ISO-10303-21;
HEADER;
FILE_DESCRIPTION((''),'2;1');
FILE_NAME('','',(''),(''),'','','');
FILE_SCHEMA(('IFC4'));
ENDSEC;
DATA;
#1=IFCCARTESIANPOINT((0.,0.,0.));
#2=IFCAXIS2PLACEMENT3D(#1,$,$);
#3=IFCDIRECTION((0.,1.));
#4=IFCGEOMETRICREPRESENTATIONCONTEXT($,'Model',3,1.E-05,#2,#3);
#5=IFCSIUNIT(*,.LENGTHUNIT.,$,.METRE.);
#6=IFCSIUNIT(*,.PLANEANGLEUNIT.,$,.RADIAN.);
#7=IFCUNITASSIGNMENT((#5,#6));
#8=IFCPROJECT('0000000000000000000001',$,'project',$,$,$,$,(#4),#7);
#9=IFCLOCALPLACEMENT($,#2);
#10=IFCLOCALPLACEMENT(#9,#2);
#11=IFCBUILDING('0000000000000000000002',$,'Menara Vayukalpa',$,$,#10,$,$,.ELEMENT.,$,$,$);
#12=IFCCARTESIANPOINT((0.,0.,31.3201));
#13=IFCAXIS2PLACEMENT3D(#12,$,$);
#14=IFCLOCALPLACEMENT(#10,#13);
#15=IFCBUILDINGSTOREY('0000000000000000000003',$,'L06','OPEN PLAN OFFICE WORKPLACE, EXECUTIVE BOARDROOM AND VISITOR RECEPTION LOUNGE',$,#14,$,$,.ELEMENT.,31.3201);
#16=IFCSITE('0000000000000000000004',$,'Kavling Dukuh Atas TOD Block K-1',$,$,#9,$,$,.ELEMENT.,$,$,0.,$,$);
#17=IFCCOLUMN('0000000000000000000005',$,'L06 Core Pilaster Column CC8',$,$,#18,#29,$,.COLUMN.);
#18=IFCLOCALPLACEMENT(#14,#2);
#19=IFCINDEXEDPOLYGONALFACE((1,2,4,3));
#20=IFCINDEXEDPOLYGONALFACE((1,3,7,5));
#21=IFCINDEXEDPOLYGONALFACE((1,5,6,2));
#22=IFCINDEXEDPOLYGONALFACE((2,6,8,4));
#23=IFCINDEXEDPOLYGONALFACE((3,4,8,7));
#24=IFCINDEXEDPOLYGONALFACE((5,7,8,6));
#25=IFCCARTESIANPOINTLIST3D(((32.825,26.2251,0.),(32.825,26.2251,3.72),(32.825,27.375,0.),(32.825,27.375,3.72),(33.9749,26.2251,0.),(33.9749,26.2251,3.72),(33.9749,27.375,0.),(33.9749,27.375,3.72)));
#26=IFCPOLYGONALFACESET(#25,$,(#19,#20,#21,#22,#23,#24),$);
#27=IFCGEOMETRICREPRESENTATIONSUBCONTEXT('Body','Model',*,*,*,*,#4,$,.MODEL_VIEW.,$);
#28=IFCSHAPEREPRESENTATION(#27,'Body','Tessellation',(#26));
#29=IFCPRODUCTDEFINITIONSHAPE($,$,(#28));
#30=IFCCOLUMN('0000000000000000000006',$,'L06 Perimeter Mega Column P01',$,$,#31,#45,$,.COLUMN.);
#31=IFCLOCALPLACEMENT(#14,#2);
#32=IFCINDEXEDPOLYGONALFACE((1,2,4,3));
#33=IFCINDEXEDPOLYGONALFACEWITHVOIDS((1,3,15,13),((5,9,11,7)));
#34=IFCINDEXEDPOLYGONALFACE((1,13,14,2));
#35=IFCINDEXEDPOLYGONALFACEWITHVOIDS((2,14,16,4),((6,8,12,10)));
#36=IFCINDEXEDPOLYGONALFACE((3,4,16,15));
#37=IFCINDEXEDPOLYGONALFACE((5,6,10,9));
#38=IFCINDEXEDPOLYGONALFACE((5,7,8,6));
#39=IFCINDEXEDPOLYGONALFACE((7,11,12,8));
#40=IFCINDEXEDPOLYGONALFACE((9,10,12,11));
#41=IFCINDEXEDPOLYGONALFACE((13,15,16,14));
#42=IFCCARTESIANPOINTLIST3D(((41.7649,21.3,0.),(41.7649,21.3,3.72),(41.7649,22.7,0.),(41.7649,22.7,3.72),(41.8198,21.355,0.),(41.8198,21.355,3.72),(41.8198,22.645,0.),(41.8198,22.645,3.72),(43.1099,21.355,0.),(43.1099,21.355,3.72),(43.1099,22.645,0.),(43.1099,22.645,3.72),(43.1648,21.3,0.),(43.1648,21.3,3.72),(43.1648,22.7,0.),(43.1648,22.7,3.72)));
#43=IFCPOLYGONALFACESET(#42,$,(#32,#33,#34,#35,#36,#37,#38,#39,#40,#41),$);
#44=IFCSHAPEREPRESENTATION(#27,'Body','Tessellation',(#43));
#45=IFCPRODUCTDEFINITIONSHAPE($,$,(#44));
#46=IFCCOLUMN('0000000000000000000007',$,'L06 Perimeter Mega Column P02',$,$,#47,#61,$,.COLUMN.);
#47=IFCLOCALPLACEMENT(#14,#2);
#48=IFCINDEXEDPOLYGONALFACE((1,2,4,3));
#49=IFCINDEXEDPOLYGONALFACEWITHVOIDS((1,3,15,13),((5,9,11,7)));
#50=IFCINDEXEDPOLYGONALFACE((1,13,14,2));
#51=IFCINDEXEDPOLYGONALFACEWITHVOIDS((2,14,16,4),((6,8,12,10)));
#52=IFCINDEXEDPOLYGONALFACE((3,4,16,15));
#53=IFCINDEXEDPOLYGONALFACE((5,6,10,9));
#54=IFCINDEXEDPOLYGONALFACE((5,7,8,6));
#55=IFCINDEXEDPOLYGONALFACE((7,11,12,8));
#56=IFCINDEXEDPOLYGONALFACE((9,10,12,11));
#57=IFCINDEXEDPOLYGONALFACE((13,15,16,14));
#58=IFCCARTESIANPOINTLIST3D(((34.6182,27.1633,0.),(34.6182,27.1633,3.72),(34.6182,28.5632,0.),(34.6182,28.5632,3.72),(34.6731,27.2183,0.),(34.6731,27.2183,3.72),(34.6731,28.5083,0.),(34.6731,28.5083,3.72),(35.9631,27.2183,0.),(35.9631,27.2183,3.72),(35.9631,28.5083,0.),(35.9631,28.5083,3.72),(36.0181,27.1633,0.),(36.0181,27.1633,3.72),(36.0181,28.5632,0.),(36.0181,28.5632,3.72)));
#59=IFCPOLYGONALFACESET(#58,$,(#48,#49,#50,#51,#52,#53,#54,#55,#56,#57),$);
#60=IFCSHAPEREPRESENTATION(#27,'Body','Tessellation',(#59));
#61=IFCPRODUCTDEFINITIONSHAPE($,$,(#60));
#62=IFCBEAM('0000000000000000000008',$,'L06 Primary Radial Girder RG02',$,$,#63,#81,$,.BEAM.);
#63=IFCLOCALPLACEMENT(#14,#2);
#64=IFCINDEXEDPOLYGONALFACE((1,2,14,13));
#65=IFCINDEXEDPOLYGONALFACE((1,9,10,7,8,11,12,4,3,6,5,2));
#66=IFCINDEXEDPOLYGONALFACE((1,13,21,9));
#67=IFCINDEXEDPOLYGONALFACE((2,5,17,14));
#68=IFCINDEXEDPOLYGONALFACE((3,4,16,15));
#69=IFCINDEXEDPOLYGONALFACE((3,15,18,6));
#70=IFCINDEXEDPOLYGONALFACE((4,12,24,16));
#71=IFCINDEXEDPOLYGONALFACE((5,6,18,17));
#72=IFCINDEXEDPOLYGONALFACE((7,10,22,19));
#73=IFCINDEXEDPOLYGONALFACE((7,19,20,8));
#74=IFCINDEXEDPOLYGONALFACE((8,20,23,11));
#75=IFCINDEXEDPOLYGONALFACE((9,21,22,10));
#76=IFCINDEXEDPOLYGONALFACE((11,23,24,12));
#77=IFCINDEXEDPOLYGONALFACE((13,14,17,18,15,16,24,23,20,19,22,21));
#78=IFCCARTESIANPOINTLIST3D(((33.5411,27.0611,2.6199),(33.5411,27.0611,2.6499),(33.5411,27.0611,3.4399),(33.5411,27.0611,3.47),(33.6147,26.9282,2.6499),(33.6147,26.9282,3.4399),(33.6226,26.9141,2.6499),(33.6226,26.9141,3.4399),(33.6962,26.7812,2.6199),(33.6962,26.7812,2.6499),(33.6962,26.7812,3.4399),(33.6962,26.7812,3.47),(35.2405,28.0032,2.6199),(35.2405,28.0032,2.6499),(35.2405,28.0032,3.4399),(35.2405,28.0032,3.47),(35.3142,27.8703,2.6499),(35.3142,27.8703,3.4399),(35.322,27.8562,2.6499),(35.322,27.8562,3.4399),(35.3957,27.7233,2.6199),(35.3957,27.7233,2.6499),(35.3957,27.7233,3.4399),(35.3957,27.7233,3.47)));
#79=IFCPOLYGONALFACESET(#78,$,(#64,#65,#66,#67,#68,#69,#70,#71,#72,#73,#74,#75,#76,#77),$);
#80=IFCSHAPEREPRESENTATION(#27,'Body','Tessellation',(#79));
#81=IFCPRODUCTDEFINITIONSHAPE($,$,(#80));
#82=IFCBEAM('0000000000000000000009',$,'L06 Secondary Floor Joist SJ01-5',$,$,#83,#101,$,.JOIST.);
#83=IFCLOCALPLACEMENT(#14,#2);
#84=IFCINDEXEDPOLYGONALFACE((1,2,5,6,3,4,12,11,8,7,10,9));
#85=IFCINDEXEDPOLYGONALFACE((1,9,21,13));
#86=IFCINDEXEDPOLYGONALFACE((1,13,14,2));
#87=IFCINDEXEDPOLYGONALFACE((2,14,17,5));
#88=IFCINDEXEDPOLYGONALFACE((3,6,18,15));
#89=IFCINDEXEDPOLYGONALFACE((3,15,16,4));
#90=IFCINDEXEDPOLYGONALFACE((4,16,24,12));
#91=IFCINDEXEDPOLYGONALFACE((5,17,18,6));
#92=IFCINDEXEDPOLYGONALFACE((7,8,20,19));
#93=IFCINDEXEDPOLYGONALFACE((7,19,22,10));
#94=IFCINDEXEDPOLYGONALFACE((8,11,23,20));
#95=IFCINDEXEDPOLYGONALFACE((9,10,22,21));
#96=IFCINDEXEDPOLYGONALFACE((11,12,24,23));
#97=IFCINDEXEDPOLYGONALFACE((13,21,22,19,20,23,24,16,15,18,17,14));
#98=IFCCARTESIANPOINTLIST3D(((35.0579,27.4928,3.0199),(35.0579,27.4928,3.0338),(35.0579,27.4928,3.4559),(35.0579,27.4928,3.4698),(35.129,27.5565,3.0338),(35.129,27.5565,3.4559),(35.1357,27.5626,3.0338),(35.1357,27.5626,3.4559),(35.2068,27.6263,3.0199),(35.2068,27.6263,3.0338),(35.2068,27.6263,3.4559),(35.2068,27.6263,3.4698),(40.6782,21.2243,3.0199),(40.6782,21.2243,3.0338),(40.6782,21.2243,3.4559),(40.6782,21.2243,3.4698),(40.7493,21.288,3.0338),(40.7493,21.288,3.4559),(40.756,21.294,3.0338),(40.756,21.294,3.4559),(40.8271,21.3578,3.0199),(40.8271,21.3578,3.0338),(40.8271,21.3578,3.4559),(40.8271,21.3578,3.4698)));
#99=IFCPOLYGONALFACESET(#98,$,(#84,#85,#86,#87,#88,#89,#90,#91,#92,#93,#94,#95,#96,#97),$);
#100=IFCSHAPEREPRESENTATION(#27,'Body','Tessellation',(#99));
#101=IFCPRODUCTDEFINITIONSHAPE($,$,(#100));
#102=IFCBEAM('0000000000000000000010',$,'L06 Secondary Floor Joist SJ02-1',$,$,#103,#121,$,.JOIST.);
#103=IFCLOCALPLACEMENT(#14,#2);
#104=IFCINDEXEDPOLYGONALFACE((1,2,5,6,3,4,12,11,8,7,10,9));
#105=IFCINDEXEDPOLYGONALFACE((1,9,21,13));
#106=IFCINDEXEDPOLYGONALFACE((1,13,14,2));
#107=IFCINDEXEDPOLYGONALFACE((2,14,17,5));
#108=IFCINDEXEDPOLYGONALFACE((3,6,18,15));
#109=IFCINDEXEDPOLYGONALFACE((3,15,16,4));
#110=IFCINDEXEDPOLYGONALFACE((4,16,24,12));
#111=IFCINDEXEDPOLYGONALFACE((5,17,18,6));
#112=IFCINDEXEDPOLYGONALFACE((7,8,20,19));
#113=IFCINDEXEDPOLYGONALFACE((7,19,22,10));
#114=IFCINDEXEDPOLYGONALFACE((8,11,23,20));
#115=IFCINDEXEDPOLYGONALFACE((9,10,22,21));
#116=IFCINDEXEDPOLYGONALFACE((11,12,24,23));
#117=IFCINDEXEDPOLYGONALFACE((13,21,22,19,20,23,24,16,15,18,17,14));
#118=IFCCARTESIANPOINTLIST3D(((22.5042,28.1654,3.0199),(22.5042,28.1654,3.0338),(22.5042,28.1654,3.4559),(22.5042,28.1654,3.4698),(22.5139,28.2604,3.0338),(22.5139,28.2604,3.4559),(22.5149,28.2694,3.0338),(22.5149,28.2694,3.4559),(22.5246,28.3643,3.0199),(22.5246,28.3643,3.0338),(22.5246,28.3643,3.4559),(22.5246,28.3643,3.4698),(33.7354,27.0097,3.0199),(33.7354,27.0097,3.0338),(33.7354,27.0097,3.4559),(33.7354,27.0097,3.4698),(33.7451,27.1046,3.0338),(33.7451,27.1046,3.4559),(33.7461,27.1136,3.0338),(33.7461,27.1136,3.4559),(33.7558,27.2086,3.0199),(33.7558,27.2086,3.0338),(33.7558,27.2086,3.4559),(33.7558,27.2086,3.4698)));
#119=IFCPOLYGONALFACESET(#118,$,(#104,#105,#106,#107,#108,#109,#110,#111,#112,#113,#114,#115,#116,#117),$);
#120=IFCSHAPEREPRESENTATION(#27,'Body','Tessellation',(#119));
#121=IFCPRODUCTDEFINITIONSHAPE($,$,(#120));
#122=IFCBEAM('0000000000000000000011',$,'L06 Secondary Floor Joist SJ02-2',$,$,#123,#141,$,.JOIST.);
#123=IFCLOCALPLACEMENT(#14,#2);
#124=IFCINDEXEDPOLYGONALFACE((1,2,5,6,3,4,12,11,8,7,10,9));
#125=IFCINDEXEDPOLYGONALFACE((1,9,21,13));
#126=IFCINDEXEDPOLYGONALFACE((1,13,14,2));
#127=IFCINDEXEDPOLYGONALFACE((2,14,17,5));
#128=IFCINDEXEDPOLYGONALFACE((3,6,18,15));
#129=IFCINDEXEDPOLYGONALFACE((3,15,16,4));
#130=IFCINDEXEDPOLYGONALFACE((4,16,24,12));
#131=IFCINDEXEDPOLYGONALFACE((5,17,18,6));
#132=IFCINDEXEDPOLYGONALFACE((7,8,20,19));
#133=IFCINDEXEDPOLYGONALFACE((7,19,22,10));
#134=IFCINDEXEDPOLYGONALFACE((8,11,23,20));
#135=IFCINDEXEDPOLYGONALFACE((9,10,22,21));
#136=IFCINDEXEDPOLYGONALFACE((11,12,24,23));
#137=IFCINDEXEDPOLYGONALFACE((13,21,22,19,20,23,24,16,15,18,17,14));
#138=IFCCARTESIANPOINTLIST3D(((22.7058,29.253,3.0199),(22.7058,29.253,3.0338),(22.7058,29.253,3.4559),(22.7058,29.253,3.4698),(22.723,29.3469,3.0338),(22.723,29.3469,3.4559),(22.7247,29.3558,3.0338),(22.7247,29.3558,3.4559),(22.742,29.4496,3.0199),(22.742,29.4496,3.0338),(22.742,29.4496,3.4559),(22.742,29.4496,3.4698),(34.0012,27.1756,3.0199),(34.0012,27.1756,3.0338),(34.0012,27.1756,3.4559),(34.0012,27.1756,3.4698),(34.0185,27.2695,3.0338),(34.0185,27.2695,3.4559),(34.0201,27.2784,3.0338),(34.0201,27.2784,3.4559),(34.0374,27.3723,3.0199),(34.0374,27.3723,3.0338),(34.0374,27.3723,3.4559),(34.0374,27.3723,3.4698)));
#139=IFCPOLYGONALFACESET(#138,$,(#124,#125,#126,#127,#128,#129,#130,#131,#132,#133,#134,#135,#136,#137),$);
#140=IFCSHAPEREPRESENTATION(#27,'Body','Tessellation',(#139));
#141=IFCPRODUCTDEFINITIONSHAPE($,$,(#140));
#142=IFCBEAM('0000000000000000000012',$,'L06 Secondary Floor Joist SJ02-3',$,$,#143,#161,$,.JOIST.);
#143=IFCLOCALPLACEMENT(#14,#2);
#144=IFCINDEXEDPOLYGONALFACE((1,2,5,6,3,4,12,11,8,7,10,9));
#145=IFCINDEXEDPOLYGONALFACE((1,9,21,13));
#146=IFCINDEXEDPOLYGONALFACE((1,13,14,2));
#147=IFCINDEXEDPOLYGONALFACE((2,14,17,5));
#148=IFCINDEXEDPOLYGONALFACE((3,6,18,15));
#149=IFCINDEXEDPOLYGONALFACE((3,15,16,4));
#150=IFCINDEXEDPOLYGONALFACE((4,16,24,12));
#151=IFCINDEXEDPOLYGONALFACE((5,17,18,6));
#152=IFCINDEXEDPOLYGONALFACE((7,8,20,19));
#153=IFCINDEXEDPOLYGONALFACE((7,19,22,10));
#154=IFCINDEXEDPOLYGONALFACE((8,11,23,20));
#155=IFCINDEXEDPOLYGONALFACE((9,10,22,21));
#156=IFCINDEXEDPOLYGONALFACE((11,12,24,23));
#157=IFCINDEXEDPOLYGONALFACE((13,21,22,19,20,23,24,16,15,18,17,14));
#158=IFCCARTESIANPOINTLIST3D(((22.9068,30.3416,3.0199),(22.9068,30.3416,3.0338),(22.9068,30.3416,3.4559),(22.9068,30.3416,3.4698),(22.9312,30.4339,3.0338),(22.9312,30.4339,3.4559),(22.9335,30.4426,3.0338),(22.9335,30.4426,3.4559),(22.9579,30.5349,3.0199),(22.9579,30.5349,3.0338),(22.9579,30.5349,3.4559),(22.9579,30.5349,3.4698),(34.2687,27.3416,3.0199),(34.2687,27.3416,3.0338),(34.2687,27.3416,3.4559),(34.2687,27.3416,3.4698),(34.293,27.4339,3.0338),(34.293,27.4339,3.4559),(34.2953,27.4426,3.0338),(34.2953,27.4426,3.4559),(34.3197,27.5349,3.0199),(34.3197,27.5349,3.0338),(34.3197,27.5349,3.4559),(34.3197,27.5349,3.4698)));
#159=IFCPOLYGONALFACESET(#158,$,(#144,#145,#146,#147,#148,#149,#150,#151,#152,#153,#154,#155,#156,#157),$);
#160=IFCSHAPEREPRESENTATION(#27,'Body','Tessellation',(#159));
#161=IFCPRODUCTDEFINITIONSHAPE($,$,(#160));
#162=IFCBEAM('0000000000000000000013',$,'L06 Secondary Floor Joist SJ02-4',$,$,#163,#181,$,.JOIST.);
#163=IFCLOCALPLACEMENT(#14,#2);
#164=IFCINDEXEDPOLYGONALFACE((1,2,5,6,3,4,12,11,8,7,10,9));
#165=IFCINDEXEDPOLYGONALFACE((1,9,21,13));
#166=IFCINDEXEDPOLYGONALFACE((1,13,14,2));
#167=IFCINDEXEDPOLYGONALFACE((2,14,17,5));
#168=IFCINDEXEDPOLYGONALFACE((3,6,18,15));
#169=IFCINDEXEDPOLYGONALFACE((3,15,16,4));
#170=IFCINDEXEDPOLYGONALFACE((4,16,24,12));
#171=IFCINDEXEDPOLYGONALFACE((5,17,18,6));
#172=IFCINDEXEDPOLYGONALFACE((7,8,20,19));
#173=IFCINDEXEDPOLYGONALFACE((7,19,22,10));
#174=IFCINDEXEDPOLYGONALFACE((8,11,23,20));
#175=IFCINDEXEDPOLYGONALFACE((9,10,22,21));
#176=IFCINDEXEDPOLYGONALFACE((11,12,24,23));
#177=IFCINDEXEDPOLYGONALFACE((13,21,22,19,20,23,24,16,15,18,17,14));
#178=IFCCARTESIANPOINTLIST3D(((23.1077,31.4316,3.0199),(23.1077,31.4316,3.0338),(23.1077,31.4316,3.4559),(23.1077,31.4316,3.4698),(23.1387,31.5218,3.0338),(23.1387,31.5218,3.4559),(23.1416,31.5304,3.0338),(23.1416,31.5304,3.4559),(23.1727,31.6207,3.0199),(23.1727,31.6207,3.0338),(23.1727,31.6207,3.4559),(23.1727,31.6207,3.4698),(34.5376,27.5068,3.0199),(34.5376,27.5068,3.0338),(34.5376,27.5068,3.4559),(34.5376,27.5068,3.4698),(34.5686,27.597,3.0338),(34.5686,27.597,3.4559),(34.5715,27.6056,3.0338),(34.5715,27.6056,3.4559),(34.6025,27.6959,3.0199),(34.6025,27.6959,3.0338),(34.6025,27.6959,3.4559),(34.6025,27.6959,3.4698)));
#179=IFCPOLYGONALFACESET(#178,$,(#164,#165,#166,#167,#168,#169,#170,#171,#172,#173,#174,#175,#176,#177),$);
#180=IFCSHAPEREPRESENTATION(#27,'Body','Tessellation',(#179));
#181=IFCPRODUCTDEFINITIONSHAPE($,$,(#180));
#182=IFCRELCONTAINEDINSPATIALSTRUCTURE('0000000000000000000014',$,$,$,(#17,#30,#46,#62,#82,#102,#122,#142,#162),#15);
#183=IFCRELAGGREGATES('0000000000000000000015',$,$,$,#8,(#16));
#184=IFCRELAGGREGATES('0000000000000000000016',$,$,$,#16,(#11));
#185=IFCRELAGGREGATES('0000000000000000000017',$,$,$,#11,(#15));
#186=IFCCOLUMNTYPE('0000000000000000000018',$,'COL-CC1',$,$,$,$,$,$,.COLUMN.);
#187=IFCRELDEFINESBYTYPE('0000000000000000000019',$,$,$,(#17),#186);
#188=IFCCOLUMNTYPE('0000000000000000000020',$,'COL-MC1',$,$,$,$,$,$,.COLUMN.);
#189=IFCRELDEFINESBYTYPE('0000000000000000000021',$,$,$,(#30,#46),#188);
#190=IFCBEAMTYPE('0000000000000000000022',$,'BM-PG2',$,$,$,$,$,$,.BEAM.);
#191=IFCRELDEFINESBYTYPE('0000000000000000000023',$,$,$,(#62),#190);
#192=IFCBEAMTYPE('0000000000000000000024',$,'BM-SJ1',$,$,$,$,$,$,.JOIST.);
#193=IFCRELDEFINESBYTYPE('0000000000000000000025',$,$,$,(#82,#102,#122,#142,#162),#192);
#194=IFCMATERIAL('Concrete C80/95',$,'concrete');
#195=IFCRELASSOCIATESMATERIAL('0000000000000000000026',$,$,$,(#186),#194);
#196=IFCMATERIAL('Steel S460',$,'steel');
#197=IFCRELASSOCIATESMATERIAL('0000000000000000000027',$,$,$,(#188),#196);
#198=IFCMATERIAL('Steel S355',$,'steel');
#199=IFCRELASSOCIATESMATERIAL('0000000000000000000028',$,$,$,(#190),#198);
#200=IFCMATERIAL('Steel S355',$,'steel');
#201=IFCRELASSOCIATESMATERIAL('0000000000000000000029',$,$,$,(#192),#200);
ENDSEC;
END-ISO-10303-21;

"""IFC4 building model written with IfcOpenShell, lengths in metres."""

from ifc_helpers import new_model, si_unit, direction, frame, origin, origin_2d, place, context, subcontext, project, spatial, rectangle, hollow_rectangle, i_section, extrude, material, material_profile, profile_set, type_object, element, save


model = new_model("IFC4")

# Units and contexts
model_context = context("Model", 3, precision=1e-05, world=origin(), true_north=direction((0.0, 1.0)))
body_context = subcontext(model_context, "Body", "Model", "MODEL_VIEW")
ifc_project = project(units=[si_unit("LENGTHUNIT", "METRE"), si_unit("PLANEANGLEUNIT", "RADIAN")], contexts=[model_context])

# Site, building, storey
site_placement = place(None, origin())
site = spatial("IfcSite", under=ifc_project, at=site_placement, Name="Kavling Dukuh Atas TOD Block K-1", CompositionType="ELEMENT", RefElevation=0.0)
building_placement = place(site_placement, origin())
building = spatial("IfcBuilding", under=site, at=building_placement, Name="Menara Vayukalpa", CompositionType="ELEMENT")
storey_placement = place(building_placement, frame((0.0, 0.0, 31.3201)))
storey = spatial("IfcBuildingStorey", under=building, at=storey_placement, Name="L06", Description="OPEN PLAN OFFICE WORKPLACE, EXECUTIVE BOARDROOM AND VISITOR RECEPTION LOUNGE", CompositionType="ELEMENT", Elevation=31.3201)

# Columns
ifc_material_1 = material(Name="Concrete C80/95", Category="concrete")
ifc_material_profile_1 = material_profile(ifc_material_1, rectangle(XDim=1.1499, YDim=1.1499, at=origin_2d()), Name="RC 1150x1150")
ifc_profile_set_1 = profile_set([ifc_material_profile_1], Name="Concrete C80/95")
column_type_1 = type_object("IfcColumnType", Name="COL-CC1", PredefinedType="COLUMN", material=ifc_profile_set_1)
column_placement = place(storey_placement, frame((33.3999, 26.8, 0.0), z_axis=(0.0, 0.0, 1.0), x_axis=(1.0, 0.0, 0.0)))
element("IfcColumn", 1, at=column_placement, inside=storey, type_object=column_type_1, Name="L06 Core Pilaster Column CC8", PredefinedType="COLUMN", context=body_context, shape_type="SweptSolid", body=[
    extrude(rectangle(XDim=1.1499, YDim=1.1499, at=origin_2d()), origin(), (0.0, 0.0, 1.0), 3.72),
])
ifc_material_2 = material(Name="Steel S460", Category="steel")
ifc_material_profile_2 = material_profile(ifc_material_2, hollow_rectangle(XDim=1.3999, YDim=1.3999, WallThickness=0.0549, at=origin_2d()), Name="BOX 1400x1400x55")
ifc_profile_set_2 = profile_set([ifc_material_profile_2], Name="Steel S460")
column_type_2 = type_object("IfcColumnType", Name="COL-MC1", PredefinedType="COLUMN", material=ifc_profile_set_2)
for number, where, z_axis, x_axis, name in (
    (2, (42.4648, 22.0, 0.0), (0.0, 0.0, 1.0), (1.0, 0.0, 0.0), "L06 Perimeter Mega Column P01"),
    (3, (35.3181, 27.8633, 0.0), (0.0, 0.0, 1.0), (1.0, 0.0, 0.0), "L06 Perimeter Mega Column P02"),
):
    element("IfcColumn", number, at=place(storey_placement, frame(where, z_axis=z_axis, x_axis=x_axis)), inside=storey, type_object=column_type_2, Name=name, PredefinedType="COLUMN", context=body_context, shape_type="SweptSolid", body=[
        extrude(hollow_rectangle(XDim=1.3999, YDim=1.3999, WallThickness=0.0549, at=origin_2d()), origin(), (0.0, 0.0, 1.0), 3.72),
    ])

# Beams
ifc_material_3 = material(Name="Steel S355", Category="steel")
ifc_material_profile_3 = material_profile(ifc_material_3, i_section(OverallWidth=0.3201, OverallDepth=0.8501, WebThickness=0.0161, FlangeThickness=0.03, at=origin_2d()), Name="WF 850x320x16x30")
ifc_profile_set_3 = profile_set([ifc_material_profile_3], Name="Steel S355")
beam_type_1 = type_object("IfcBeamType", Name="BM-PG2", PredefinedType="BEAM", material=ifc_profile_set_3)
beam_1_placement = place(storey_placement, frame((33.6187, 26.9211, 3.0449), z_axis=(0.874595, 0.484853, 0.0), x_axis=(-0.484853, 0.874595, 0.0)))
element("IfcBeam", 4, at=beam_1_placement, inside=storey, type_object=beam_type_1, Name="L06 Primary Radial Girder RG02", PredefinedType="BEAM", context=body_context, shape_type="SweptSolid", body=[
    extrude(i_section(OverallWidth=0.3201, OverallDepth=0.8501, WebThickness=0.0161, FlangeThickness=0.03, at=origin_2d()), origin(), (0.0, 0.0, 1.0), 1.9431),
])
ifc_material_4 = material(Name="Steel S355", Category="steel")
ifc_material_profile_4 = material_profile(ifc_material_4, i_section(OverallWidth=0.2, OverallDepth=0.45, WebThickness=0.009, FlangeThickness=0.0139, at=origin_2d()), Name="WF 450x200x9x14")
ifc_profile_set_4 = profile_set([ifc_material_profile_4], Name="Steel S355")
beam_type_2 = type_object("IfcBeamType", Name="BM-SJ1", PredefinedType="JOIST", material=ifc_profile_set_4)
beam_2_placement = place(storey_placement, frame((40.7527, 21.291, 3.2449), z_axis=(-0.667563, 0.744553, 0.0), x_axis=(-0.744553, -0.667563, 0.0)))
element("IfcBeam", 5, at=beam_2_placement, inside=storey, type_object=beam_type_2, Name="L06 Secondary Floor Joist SJ01-5", PredefinedType="JOIST", context=body_context, shape_type="SweptSolid", body=[
    extrude(i_section(OverallWidth=0.2, OverallDepth=0.45, WebThickness=0.009, FlangeThickness=0.0139, at=origin_2d()), origin(), (0.0, 0.0, 1.0), 8.4192),
])
beam_3_placement = place(storey_placement, frame((33.7456, 27.1091, 3.2449), z_axis=(-0.994747, 0.102366, 0.0), x_axis=(-0.102366, -0.994747, 0.0)))
element("IfcBeam", 6, at=beam_3_placement, inside=storey, type_object=beam_type_2, Name="L06 Secondary Floor Joist SJ02-1", PredefinedType="JOIST", context=body_context, shape_type="SweptSolid", body=[
    extrude(i_section(OverallWidth=0.2, OverallDepth=0.45, WebThickness=0.009, FlangeThickness=0.0139, at=origin_2d()), origin(), (0.0, 0.0, 1.0), 11.2905),
])
beam_4_placement = place(storey_placement, frame((34.0193, 27.2739, 3.2449), z_axis=(-0.983505, 0.180881, 0.0), x_axis=(-0.180881, -0.983505, 0.0)))
element("IfcBeam", 7, at=beam_4_placement, inside=storey, type_object=beam_type_2, Name="L06 Secondary Floor Joist SJ02-2", PredefinedType="JOIST", context=body_context, shape_type="SweptSolid", body=[
    extrude(i_section(OverallWidth=0.2, OverallDepth=0.45, WebThickness=0.009, FlangeThickness=0.0139, at=origin_2d()), origin(), (0.0, 0.0, 1.0), 11.4849),
])
beam_5_placement = place(storey_placement, frame((34.2942, 27.4382, 3.2449), z_axis=(-0.966864, 0.255293, 0.0), x_axis=(-0.255293, -0.966864, 0.0)))
element("IfcBeam", 8, at=beam_5_placement, inside=storey, type_object=beam_type_2, Name="L06 Secondary Floor Joist SJ02-3", PredefinedType="JOIST", context=body_context, shape_type="SweptSolid", body=[
    extrude(i_section(OverallWidth=0.2, OverallDepth=0.45, WebThickness=0.009, FlangeThickness=0.0139, at=origin_2d()), origin(), (0.0, 0.0, 1.0), 11.7512),
])
beam_6_placement = place(storey_placement, frame((34.5701, 27.6013, 3.2449), z_axis=(-0.945794, 0.324766, 0.0), x_axis=(-0.324766, -0.945794, 0.0)))
element("IfcBeam", 9, at=beam_6_placement, inside=storey, type_object=beam_type_2, Name="L06 Secondary Floor Joist SJ02-4", PredefinedType="JOIST", context=body_context, shape_type="SweptSolid", body=[
    extrude(i_section(OverallWidth=0.2, OverallDepth=0.45, WebThickness=0.009, FlangeThickness=0.0139, at=origin_2d()), origin(), (0.0, 0.0, 1.0), 12.085),
])

save(model, "model.ifc")
